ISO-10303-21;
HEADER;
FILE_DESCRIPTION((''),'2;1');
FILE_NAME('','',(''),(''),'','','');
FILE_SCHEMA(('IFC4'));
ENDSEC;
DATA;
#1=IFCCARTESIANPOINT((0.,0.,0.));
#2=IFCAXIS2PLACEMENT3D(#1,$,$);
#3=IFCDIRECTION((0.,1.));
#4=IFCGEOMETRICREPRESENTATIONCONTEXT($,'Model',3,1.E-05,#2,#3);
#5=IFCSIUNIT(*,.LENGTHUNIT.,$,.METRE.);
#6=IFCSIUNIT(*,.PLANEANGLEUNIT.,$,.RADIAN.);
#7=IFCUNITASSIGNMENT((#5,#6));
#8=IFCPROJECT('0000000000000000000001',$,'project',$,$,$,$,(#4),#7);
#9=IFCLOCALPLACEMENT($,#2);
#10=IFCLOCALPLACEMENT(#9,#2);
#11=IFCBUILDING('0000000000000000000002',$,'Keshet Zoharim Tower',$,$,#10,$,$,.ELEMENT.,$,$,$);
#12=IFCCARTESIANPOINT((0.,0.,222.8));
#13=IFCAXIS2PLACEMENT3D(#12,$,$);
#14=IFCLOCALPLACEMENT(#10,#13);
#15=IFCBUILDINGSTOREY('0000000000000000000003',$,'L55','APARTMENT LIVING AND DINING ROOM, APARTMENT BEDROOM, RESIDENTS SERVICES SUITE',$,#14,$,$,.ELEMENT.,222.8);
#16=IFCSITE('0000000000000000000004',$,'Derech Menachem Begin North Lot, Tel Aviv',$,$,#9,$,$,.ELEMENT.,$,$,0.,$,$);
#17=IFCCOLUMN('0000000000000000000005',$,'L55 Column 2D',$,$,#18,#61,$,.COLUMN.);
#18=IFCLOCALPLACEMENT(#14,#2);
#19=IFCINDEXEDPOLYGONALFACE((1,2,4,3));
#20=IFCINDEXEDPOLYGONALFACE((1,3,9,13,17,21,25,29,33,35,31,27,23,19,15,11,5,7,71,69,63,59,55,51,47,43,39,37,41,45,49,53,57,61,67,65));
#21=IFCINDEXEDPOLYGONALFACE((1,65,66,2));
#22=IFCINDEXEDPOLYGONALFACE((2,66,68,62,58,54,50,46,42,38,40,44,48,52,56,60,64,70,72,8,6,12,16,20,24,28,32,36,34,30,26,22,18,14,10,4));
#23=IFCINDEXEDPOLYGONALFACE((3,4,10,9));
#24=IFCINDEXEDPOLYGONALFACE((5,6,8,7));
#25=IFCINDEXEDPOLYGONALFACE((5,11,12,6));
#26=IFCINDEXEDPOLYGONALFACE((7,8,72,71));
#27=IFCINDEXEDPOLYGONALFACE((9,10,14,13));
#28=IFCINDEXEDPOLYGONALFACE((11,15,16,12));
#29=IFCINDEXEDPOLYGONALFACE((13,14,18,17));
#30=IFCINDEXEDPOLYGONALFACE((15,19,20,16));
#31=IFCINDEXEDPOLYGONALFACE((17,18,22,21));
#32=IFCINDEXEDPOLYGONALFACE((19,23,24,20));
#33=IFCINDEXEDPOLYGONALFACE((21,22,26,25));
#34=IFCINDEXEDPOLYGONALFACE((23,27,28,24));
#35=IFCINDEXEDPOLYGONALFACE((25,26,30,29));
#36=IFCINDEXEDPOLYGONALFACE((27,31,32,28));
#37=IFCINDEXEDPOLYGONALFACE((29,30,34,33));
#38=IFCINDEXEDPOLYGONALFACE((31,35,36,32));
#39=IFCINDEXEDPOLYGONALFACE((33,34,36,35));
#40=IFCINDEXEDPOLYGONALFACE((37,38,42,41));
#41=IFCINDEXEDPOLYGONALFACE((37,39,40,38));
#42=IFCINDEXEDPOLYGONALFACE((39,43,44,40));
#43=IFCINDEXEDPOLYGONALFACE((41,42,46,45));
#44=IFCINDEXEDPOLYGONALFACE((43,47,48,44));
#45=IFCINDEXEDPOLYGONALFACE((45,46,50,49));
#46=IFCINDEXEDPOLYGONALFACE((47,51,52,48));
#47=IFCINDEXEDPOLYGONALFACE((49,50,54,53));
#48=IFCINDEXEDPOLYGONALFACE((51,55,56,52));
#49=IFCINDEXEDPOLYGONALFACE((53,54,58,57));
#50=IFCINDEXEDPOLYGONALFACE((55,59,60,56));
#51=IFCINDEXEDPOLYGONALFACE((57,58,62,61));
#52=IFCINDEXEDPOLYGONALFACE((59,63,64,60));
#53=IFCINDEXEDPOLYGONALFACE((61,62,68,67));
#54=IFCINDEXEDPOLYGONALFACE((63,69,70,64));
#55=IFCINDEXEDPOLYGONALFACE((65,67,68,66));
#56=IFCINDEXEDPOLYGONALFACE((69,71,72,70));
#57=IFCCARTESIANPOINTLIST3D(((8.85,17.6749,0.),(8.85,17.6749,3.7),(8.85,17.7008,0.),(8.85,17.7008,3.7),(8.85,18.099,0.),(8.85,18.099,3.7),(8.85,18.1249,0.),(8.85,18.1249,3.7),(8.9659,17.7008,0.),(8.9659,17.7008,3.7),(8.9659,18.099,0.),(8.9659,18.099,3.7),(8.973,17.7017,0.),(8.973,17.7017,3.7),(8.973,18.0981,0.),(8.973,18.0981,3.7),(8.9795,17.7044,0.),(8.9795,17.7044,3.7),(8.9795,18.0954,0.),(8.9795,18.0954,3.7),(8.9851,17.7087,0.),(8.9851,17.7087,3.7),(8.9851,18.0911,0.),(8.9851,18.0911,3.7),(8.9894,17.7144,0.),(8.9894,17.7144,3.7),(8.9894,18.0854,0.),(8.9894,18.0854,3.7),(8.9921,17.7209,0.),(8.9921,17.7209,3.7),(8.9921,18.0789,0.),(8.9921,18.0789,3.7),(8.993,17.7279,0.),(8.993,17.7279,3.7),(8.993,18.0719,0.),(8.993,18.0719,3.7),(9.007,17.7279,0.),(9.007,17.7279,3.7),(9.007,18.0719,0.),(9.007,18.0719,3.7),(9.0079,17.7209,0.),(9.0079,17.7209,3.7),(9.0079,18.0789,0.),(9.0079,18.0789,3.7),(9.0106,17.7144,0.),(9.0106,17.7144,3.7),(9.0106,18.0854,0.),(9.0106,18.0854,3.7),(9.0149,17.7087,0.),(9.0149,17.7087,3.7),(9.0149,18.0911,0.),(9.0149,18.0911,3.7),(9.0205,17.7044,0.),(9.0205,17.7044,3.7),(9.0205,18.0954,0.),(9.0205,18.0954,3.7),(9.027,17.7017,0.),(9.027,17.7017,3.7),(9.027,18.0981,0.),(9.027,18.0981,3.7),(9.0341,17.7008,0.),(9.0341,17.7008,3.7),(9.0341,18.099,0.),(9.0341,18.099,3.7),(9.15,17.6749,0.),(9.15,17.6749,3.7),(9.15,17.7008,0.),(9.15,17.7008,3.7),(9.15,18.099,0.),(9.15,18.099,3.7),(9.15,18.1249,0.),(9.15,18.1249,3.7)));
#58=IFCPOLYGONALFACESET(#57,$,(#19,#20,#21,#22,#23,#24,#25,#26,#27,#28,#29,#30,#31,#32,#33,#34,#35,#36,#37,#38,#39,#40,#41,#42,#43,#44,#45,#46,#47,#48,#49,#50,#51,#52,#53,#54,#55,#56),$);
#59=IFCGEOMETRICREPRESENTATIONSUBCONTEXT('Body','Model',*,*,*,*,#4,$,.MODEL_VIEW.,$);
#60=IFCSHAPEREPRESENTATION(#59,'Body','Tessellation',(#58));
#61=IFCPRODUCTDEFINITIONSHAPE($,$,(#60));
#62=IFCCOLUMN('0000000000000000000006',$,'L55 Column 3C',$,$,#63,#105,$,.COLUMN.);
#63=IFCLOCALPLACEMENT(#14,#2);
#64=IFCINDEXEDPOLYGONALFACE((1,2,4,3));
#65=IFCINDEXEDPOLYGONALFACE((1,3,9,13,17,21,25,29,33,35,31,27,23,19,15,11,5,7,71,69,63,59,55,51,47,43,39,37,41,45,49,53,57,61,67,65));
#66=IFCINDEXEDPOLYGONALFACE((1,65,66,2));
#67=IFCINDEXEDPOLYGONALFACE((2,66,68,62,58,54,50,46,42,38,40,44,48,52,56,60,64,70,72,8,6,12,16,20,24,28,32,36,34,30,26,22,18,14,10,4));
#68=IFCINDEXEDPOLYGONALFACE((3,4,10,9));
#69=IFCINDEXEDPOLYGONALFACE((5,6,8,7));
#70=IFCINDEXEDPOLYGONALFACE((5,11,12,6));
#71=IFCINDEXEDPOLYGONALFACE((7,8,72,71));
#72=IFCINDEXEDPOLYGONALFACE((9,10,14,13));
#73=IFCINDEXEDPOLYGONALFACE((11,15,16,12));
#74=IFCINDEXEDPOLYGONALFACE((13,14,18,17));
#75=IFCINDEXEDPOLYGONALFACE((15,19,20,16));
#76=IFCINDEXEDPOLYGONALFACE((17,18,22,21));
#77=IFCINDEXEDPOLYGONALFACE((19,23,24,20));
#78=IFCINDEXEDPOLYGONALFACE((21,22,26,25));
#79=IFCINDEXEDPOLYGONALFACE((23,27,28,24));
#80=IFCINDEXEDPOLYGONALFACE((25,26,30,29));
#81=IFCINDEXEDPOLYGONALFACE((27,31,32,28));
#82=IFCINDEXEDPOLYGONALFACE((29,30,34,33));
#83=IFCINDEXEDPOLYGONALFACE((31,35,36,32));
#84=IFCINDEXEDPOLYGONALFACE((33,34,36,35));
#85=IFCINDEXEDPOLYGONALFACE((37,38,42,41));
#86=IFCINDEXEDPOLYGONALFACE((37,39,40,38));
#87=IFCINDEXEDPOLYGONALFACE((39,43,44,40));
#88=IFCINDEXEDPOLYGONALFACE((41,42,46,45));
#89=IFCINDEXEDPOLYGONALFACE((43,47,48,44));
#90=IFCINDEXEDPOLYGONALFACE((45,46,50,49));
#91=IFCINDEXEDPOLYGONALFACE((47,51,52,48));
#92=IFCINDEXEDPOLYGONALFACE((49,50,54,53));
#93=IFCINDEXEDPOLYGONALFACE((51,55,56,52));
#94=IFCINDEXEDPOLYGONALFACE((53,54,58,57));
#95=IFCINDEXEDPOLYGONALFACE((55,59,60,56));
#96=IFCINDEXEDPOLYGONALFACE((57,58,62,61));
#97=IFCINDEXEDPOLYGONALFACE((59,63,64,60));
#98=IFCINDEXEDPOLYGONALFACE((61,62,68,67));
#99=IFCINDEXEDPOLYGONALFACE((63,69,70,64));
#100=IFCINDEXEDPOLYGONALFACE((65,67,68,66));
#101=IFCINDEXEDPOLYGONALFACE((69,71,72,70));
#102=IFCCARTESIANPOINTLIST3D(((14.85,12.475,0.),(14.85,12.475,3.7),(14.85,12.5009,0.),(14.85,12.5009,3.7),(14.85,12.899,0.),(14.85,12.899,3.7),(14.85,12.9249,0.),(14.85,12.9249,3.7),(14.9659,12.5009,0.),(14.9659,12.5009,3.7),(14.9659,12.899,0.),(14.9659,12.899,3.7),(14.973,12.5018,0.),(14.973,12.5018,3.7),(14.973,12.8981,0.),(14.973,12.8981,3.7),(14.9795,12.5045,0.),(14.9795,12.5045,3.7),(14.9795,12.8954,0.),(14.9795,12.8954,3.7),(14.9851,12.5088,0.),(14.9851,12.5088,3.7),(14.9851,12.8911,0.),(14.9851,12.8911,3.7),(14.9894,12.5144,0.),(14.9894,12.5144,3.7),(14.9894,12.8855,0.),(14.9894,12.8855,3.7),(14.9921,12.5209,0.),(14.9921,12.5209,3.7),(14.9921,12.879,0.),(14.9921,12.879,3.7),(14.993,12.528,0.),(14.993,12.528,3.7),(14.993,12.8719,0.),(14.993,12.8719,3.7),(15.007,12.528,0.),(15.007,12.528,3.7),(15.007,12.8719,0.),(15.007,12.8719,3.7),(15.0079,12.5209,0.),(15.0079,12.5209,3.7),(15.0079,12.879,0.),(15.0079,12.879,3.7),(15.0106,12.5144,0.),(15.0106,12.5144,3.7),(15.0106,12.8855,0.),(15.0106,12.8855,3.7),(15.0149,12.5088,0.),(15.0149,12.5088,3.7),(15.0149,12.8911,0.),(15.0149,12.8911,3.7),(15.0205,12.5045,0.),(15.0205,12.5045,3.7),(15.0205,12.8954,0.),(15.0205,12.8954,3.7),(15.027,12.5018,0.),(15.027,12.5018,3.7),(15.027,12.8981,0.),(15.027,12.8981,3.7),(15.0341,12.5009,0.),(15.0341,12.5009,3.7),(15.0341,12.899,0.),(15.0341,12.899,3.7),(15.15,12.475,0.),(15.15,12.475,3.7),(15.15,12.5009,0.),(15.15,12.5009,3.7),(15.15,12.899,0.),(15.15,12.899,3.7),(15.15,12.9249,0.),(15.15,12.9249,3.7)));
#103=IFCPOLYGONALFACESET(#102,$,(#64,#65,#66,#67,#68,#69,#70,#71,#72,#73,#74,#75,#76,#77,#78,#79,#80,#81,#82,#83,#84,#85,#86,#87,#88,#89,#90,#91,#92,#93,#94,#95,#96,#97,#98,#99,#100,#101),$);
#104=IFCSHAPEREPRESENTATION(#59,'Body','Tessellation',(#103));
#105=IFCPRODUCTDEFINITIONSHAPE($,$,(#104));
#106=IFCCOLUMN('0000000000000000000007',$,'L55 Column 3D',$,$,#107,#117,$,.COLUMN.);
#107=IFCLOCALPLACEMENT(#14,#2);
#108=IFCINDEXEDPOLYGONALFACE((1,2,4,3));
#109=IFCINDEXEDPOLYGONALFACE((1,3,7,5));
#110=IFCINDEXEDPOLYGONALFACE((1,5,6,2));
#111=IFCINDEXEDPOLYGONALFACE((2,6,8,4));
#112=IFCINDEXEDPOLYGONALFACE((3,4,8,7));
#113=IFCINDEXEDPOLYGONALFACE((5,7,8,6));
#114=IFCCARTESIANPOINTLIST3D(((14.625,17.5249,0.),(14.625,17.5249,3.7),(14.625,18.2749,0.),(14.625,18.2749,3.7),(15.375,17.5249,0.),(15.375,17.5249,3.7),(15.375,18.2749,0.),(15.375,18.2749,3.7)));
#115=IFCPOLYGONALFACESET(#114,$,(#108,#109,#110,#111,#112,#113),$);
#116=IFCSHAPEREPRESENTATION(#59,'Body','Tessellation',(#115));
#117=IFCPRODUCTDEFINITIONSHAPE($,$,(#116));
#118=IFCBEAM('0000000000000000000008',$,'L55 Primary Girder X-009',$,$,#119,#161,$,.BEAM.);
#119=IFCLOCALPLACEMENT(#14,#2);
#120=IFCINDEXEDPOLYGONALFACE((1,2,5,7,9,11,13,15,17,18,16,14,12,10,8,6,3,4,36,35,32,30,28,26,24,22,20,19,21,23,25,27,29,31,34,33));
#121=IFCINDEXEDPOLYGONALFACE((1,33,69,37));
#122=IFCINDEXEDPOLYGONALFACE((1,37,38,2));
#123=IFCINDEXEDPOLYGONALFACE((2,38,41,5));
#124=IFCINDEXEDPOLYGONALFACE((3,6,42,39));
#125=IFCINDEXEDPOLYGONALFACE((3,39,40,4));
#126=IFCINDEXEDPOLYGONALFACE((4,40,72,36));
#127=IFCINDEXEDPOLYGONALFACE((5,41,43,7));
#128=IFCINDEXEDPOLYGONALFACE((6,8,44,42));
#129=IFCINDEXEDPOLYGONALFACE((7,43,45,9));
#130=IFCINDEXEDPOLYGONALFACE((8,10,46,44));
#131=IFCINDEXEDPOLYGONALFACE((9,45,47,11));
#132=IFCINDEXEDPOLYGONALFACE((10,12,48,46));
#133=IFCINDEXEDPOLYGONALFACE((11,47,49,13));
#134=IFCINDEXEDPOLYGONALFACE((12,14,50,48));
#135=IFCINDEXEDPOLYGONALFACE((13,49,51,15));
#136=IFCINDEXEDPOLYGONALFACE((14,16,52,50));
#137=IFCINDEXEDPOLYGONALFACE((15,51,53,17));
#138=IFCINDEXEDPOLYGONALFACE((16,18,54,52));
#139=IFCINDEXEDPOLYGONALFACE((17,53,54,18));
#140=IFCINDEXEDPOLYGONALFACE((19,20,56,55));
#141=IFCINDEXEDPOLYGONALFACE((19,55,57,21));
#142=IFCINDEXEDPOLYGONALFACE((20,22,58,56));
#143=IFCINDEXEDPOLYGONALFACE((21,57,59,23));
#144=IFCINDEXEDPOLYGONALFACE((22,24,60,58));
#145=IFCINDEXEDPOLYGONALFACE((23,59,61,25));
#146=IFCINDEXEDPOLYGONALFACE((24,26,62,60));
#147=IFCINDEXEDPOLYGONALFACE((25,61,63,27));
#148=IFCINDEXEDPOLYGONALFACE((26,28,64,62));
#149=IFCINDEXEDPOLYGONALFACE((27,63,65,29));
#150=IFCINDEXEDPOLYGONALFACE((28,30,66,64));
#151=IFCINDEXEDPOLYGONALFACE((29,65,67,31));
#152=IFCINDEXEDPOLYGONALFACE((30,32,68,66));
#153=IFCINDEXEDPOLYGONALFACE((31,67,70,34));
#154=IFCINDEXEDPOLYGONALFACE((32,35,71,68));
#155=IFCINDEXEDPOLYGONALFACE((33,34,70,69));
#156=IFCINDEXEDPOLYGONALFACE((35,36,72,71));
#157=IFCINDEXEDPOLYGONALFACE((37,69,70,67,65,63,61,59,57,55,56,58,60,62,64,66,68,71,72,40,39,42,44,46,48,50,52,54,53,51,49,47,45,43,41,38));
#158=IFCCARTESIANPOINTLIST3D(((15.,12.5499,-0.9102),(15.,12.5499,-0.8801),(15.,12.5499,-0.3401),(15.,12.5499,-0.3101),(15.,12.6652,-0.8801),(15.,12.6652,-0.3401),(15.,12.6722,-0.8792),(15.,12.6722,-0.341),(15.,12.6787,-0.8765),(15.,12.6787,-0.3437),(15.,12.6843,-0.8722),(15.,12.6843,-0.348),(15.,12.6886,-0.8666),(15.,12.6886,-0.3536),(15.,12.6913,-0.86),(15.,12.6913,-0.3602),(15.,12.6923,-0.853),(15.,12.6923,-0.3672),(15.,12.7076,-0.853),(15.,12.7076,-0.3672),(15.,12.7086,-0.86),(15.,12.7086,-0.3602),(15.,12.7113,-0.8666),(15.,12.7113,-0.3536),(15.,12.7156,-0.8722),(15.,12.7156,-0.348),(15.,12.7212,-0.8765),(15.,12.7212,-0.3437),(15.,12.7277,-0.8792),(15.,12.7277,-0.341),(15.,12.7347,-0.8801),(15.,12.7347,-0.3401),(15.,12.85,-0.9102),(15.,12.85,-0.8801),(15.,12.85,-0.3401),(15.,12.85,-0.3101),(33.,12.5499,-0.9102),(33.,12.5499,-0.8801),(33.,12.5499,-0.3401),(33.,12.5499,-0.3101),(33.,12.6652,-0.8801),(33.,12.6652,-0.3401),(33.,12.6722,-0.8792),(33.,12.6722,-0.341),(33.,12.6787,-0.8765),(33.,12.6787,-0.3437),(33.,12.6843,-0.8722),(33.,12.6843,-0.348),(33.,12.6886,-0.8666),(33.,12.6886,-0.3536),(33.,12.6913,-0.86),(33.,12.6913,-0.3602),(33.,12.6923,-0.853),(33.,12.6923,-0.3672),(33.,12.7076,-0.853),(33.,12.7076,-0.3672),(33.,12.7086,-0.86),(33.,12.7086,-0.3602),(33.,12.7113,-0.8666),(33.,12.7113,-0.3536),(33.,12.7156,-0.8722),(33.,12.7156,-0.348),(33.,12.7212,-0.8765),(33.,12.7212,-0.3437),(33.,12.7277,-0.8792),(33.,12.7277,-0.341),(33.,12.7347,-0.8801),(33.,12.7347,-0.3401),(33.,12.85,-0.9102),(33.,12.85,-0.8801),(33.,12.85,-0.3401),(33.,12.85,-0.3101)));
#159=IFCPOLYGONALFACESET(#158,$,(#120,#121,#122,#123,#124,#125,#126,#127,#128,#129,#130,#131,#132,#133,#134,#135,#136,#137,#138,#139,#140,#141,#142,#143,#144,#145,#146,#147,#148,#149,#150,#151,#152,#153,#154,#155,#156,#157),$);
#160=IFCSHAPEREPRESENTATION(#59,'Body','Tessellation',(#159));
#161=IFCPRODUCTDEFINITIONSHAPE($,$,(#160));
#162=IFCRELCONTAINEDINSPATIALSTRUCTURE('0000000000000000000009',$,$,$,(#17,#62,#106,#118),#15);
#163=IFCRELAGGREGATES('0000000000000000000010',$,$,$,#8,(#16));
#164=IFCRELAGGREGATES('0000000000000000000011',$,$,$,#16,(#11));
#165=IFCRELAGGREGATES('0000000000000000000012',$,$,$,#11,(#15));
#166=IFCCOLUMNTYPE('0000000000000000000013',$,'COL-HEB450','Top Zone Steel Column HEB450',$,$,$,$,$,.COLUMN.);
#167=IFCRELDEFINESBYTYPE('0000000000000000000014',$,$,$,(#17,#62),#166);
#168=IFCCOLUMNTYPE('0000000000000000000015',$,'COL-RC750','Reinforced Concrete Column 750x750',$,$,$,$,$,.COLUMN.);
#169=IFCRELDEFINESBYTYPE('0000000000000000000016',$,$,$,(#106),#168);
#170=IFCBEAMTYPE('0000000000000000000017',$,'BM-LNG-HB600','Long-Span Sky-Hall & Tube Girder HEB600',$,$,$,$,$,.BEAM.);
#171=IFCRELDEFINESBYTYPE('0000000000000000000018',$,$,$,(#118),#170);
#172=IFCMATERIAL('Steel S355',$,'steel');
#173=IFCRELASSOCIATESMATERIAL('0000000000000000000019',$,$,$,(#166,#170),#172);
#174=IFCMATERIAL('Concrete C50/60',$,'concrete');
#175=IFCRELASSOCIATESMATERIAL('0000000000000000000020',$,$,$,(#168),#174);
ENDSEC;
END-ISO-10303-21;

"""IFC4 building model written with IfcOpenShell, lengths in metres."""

from ifc_helpers import new_model, si_unit, direction, frame, origin, origin_2d, place, context, subcontext, project, spatial, rectangle, i_section, extrude, material, material_profile, profile_set, type_object, element, save


model = new_model("IFC4")

# Units and contexts
model_context = context("Model", 3, precision=1e-05, world=origin(), true_north=direction((0.0, 1.0)))
body_context = subcontext(model_context, "Body", "Model", "MODEL_VIEW")
ifc_project = project(units=[si_unit("LENGTHUNIT", "METRE"), si_unit("PLANEANGLEUNIT", "RADIAN")], contexts=[model_context])

# Site, building, storey
site_placement = place(None, origin())
site = spatial("IfcSite", under=ifc_project, at=site_placement, Name="Derech Menachem Begin North Lot, Tel Aviv", CompositionType="ELEMENT", RefElevation=0.0)
building_placement = place(site_placement, origin())
building = spatial("IfcBuilding", under=site, at=building_placement, Name="Keshet Zoharim Tower", CompositionType="ELEMENT")
storey_placement = place(building_placement, frame((0.0, 0.0, 222.8)))
storey = spatial("IfcBuildingStorey", under=building, at=storey_placement, Name="L55", Description="APARTMENT LIVING AND DINING ROOM, APARTMENT BEDROOM, RESIDENTS SERVICES SUITE", CompositionType="ELEMENT", Elevation=222.8)

# Columns
ifc_material_1 = material(Name="Steel S355", Category="steel")
ifc_material_profile_1 = material_profile(ifc_material_1, i_section(OverallWidth=0.3, OverallDepth=0.45, WebThickness=0.0139, FlangeThickness=0.0259, FilletRadius=0.0271, at=origin_2d()), Name="HEB450")
ifc_profile_set_1 = profile_set([ifc_material_profile_1], Name="Steel S355")
column_type_1 = type_object("IfcColumnType", Name="COL-HEB450", Description="Top Zone Steel Column HEB450", PredefinedType="COLUMN", material=ifc_profile_set_1)
for number, where, z_axis, x_axis, name in (
    (1, (9.0, 17.8999, 0.0), (0.0, 0.0, 1.0), (1.0, 0.0, 0.0), "L55 Column 2D"),
    (2, (15.0, 12.7, 0.0), (0.0, 0.0, 1.0), (1.0, 0.0, 0.0), "L55 Column 3C"),
):
    element("IfcColumn", number, at=place(storey_placement, frame(where, z_axis=z_axis, x_axis=x_axis)), inside=storey, type_object=column_type_1, Name=name, PredefinedType="COLUMN", context=body_context, shape_type="SweptSolid", body=[
        extrude(i_section(OverallWidth=0.3, OverallDepth=0.45, WebThickness=0.0139, FlangeThickness=0.0259, FilletRadius=0.0271, at=origin_2d()), origin(), (0.0, 0.0, 1.0), 3.7),
    ])
ifc_material_2 = material(Name="Concrete C50/60", Category="concrete")
ifc_material_profile_2 = material_profile(ifc_material_2, rectangle(XDim=0.75, YDim=0.75, at=origin_2d()), Name="RC750x750")
ifc_profile_set_2 = profile_set([ifc_material_profile_2], Name="Concrete C50/60")
column_type_2 = type_object("IfcColumnType", Name="COL-RC750", Description="Reinforced Concrete Column 750x750", PredefinedType="COLUMN", material=ifc_profile_set_2)
column_placement = place(storey_placement, frame((15.0, 17.8999, 0.0), z_axis=(0.0, 0.0, 1.0), x_axis=(1.0, 0.0, 0.0)))
element("IfcColumn", 3, at=column_placement, inside=storey, type_object=column_type_2, Name="L55 Column 3D", PredefinedType="COLUMN", context=body_context, shape_type="SweptSolid", body=[
    extrude(rectangle(XDim=0.75, YDim=0.75, at=origin_2d()), origin(), (0.0, 0.0, 1.0), 3.7),
])

# Beam
ifc_material_profile_3 = material_profile(ifc_material_1, i_section(OverallWidth=0.3, OverallDepth=0.6001, WebThickness=0.0154, FlangeThickness=0.03, FilletRadius=0.0271, at=origin_2d()), Name="HEB600")
ifc_profile_set_3 = profile_set([ifc_material_profile_3], Name="Steel S355")
beam_type_1 = type_object("IfcBeamType", Name="BM-LNG-HB600", Description="Long-Span Sky-Hall & Tube Girder HEB600", PredefinedType="BEAM", material=ifc_profile_set_3)
for number, where, z_axis, x_axis, name in (
    (4, (15.0, 12.7, -0.6101), (1.0, 0.0, 0.0), (0.0, 1.0, 0.0), "L55 Primary Girder X-009"),
):
    element("IfcBeam", number, at=place(storey_placement, frame(where, z_axis=z_axis, x_axis=x_axis)), inside=storey, type_object=beam_type_1, Name=name, PredefinedType="BEAM", context=body_context, shape_type="SweptSolid", body=[
        extrude(i_section(OverallWidth=0.3, OverallDepth=0.6001, WebThickness=0.0154, FlangeThickness=0.03, FilletRadius=0.0271, at=origin_2d()), origin(), (0.0, 0.0, 1.0), 18.0),
    ])

save(model, "model.ifc")
